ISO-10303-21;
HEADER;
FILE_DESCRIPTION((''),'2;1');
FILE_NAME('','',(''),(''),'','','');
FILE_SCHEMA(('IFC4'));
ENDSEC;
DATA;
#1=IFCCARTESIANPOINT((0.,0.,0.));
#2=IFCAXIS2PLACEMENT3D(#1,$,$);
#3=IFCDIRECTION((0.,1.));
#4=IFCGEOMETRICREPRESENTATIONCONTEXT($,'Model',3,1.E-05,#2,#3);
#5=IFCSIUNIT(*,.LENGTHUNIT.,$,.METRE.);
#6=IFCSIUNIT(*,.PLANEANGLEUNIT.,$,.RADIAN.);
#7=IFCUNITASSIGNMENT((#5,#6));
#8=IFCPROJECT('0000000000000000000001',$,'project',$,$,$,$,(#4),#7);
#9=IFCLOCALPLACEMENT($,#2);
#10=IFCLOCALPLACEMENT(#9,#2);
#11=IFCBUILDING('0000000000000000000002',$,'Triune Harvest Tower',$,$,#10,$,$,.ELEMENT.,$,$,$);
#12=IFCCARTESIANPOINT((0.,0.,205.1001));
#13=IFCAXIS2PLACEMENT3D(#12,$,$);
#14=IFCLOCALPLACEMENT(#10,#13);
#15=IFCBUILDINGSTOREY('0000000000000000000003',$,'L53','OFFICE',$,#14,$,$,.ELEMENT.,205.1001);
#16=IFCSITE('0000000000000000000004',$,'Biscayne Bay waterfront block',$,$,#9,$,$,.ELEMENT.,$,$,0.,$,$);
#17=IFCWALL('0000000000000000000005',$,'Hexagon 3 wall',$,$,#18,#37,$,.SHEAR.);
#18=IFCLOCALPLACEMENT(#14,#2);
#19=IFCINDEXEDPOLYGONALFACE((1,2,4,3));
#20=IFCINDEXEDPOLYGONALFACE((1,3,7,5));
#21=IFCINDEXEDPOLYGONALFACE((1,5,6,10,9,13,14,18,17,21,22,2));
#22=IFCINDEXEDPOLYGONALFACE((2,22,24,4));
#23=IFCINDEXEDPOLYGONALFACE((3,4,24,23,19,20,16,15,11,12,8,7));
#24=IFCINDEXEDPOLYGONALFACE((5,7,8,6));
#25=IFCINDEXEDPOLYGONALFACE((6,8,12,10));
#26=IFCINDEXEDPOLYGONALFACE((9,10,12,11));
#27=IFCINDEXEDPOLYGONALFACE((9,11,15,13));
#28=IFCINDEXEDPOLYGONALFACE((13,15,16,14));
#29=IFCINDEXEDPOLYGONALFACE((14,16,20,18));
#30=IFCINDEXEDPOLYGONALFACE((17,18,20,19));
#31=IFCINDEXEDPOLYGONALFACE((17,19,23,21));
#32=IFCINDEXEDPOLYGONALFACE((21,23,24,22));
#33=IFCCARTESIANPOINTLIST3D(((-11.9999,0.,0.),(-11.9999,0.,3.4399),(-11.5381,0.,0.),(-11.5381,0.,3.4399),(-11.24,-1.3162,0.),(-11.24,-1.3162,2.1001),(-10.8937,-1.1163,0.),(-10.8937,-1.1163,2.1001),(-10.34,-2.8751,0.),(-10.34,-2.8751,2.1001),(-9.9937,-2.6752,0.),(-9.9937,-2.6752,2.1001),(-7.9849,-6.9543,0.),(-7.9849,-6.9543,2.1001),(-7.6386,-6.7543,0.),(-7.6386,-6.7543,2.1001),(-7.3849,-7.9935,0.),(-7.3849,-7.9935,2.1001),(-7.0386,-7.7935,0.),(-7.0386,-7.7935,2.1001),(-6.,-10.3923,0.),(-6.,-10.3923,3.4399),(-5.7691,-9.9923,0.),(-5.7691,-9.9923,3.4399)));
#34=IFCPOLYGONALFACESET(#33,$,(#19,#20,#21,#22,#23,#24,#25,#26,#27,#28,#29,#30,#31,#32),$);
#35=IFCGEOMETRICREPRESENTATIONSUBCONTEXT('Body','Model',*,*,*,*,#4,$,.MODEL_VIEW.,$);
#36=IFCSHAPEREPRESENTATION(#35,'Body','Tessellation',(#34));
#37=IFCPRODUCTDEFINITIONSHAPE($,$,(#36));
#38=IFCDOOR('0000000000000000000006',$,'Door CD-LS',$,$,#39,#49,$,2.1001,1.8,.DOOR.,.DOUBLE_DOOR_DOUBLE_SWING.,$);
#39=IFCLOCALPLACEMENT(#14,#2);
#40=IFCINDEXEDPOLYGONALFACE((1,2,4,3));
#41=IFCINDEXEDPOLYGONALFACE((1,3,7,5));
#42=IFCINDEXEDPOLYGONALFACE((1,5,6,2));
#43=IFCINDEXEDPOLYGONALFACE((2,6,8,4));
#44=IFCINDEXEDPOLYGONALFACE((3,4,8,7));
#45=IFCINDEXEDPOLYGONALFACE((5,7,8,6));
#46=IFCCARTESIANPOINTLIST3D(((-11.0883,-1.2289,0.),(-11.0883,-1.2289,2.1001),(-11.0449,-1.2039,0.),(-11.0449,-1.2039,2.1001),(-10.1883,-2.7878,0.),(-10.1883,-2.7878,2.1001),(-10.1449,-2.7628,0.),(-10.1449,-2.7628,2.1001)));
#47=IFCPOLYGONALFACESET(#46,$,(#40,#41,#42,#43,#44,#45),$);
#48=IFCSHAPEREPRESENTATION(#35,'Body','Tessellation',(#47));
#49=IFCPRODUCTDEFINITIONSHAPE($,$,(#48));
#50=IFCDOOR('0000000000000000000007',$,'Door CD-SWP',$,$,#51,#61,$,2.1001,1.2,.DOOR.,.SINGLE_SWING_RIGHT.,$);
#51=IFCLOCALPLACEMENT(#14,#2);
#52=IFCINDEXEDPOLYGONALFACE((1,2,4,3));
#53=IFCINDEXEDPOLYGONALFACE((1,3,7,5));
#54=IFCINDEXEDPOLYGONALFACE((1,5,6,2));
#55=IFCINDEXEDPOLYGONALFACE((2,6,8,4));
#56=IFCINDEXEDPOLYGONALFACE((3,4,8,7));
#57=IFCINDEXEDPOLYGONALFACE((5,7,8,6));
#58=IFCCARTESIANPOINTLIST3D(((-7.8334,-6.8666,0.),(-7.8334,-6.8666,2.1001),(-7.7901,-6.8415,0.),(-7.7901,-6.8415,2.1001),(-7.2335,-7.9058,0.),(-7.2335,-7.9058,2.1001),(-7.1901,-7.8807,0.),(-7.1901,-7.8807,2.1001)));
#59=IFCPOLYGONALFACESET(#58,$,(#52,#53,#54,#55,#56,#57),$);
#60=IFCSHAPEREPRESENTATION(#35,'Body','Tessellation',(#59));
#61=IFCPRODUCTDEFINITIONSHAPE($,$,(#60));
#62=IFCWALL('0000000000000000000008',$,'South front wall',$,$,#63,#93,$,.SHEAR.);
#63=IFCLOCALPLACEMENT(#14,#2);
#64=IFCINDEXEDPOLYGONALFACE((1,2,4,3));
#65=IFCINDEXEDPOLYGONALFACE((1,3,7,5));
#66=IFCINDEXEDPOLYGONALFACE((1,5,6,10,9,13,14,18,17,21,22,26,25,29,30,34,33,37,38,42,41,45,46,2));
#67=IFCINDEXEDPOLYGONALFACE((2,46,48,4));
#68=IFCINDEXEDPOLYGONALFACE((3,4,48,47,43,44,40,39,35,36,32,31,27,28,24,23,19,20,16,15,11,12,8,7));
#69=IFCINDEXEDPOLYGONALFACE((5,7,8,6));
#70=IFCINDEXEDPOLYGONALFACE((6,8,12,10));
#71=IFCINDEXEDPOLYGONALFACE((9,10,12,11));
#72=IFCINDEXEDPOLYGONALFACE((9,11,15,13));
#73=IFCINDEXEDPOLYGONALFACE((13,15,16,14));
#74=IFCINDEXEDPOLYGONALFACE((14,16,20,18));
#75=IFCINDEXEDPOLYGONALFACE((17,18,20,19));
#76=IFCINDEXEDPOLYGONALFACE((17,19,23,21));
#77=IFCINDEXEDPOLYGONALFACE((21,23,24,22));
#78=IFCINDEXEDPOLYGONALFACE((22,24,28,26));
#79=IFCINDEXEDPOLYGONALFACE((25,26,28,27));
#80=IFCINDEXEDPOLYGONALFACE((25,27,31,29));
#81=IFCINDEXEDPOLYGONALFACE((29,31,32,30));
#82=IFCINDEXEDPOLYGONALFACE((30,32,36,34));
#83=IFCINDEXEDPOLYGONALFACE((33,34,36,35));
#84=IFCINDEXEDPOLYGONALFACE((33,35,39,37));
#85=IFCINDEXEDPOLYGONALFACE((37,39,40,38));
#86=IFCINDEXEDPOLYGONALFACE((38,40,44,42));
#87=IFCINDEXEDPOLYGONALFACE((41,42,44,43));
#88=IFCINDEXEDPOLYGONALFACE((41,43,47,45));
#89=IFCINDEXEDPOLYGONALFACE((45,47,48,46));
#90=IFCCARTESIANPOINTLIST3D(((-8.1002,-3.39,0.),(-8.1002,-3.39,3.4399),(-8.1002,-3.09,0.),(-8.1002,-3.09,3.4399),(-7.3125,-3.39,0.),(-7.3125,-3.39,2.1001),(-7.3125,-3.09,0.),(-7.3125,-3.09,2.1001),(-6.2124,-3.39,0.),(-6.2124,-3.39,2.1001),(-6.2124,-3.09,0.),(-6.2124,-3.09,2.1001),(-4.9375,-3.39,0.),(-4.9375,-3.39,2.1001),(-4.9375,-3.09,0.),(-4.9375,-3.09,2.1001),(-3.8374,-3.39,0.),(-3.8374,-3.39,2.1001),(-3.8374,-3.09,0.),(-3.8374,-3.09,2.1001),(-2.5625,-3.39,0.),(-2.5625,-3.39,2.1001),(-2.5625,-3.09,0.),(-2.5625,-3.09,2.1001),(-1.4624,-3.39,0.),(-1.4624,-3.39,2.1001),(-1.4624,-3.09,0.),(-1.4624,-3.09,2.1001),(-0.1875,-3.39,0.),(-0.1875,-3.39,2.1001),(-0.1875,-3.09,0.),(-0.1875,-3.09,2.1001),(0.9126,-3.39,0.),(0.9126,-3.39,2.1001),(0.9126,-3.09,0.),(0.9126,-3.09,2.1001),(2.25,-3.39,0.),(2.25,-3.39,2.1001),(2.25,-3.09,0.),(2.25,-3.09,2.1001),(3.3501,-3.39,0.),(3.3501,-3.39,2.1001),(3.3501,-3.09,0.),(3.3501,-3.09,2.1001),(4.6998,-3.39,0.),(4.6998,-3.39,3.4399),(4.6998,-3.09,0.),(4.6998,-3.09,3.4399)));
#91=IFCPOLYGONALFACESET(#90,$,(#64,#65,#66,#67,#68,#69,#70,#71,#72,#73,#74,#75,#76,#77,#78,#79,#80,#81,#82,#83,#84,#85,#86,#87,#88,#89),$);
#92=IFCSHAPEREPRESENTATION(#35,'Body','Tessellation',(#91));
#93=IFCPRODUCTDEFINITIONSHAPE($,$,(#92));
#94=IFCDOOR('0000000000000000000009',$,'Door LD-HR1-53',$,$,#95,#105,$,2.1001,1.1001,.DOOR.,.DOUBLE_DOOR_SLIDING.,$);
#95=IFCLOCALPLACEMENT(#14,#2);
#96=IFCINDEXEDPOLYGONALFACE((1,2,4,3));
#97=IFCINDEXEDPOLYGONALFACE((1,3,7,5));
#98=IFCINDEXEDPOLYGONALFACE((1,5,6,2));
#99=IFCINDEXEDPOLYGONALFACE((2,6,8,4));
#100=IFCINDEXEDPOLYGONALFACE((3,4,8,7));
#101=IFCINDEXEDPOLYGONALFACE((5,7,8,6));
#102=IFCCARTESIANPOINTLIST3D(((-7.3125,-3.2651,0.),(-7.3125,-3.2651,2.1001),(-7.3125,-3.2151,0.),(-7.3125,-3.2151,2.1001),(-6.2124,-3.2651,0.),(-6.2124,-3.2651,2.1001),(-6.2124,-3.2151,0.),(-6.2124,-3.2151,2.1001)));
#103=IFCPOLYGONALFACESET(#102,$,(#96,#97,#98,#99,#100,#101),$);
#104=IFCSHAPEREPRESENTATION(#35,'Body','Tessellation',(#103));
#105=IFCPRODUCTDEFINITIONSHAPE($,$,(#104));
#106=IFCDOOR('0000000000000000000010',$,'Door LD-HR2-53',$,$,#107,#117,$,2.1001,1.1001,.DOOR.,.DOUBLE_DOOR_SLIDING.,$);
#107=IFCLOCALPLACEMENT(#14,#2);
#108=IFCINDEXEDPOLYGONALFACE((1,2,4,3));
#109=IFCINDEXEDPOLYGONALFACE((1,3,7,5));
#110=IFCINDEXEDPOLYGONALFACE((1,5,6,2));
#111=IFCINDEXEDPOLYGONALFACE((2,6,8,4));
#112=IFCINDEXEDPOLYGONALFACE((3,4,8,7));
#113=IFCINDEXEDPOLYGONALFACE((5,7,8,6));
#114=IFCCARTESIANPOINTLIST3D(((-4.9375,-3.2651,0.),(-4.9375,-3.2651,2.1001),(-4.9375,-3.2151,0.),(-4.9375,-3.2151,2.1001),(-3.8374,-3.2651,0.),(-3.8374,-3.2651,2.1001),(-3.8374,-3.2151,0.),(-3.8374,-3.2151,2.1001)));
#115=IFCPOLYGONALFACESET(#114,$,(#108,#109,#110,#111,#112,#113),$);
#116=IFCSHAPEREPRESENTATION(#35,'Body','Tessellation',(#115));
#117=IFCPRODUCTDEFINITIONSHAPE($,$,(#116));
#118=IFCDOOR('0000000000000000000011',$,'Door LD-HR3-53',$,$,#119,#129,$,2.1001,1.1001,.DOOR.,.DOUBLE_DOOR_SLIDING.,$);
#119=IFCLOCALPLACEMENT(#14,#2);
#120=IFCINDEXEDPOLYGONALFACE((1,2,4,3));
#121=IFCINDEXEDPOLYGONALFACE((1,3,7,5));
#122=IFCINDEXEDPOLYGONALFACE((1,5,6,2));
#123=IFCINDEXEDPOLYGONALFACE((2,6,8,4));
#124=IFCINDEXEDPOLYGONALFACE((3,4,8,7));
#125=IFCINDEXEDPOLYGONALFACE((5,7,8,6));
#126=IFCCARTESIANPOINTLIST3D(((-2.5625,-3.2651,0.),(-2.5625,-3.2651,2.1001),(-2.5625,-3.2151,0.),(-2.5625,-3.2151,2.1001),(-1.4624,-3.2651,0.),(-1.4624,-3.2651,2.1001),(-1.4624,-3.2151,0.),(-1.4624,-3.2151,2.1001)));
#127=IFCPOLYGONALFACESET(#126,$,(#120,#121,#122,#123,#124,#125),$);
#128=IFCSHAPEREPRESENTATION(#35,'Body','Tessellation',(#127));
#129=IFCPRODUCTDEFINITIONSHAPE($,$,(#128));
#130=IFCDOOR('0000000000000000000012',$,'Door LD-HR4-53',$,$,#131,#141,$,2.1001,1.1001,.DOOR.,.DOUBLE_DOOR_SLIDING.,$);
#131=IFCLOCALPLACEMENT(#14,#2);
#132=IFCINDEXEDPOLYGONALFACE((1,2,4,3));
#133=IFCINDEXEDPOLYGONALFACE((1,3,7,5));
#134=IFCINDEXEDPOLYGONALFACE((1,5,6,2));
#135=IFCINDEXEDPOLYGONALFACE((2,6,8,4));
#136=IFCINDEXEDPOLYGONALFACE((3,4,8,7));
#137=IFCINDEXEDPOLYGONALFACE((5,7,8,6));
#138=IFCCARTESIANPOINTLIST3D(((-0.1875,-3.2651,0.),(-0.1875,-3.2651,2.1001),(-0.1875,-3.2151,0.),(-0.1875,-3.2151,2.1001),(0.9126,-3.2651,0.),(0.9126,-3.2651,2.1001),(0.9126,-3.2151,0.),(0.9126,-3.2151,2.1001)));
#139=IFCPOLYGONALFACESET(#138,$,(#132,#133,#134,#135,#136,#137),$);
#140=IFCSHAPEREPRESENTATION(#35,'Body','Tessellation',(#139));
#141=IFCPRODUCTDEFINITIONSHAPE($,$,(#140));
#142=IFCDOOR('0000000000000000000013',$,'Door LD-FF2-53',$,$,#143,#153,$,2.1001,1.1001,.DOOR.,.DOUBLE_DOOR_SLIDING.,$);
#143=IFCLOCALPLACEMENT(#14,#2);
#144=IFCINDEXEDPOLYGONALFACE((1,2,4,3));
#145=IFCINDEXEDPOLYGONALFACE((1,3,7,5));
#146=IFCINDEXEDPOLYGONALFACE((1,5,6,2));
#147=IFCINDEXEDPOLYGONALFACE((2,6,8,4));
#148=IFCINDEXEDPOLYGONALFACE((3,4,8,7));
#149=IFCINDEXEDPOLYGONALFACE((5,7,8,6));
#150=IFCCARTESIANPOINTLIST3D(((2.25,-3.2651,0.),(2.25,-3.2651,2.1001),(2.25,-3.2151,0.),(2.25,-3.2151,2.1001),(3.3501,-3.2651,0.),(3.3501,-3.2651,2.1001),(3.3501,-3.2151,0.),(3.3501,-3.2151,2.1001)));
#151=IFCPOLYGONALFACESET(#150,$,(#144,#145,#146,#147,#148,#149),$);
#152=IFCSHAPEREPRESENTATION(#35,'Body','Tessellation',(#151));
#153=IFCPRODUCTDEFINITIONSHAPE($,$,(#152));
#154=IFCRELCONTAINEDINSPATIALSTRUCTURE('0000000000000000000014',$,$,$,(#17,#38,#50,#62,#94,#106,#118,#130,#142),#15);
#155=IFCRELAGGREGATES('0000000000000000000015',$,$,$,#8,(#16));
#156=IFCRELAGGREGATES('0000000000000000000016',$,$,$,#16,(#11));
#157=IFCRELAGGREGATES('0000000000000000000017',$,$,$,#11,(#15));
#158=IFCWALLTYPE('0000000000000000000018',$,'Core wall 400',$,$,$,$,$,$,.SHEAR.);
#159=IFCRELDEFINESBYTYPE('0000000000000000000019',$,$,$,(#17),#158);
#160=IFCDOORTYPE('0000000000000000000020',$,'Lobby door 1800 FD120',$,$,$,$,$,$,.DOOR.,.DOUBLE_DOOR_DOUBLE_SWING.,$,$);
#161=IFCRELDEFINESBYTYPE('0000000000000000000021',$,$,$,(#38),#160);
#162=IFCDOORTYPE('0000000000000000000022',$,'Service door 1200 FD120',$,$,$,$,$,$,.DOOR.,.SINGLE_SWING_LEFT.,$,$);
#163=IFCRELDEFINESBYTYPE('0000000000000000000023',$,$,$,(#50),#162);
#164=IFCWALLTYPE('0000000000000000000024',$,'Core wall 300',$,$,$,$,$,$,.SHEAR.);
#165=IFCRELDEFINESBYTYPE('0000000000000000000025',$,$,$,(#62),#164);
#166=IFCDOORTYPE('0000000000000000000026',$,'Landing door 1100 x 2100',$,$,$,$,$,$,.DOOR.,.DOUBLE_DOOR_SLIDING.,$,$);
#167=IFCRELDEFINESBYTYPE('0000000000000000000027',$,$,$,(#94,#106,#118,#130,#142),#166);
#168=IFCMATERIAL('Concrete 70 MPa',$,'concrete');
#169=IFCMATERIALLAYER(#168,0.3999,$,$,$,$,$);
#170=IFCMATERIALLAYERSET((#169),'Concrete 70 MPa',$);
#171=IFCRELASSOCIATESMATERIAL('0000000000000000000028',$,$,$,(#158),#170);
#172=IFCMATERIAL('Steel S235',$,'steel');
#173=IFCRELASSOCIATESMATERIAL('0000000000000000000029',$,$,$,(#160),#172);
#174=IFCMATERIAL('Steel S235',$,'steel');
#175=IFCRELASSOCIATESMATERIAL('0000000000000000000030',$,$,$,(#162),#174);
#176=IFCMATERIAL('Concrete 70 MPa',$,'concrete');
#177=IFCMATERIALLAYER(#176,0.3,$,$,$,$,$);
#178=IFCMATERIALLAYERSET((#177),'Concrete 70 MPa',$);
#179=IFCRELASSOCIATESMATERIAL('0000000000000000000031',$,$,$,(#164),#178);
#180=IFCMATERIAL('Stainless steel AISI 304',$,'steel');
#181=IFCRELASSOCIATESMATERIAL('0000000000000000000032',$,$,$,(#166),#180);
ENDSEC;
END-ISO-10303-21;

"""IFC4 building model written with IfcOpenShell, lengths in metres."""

from ifc_helpers import new_model, si_unit, direction, frame, frame_2d, origin, place, context, subcontext, project, spatial, polyline, rectangle, outline, extrude, source, transform, mapped, material, layer, layer_set, type_object, element, fill, save


model = new_model("IFC4")

# Units and contexts
model_context = context("Model", 3, precision=1e-05, world=origin(), true_north=direction((0.0, 1.0)))
body_context = subcontext(model_context, "Body", "Model", "MODEL_VIEW")
ifc_project = project(units=[si_unit("LENGTHUNIT", "METRE"), si_unit("PLANEANGLEUNIT", "RADIAN")], contexts=[model_context])

# Site, building, storey
site_placement = place(None, origin())
site = spatial("IfcSite", under=ifc_project, at=site_placement, Name="Biscayne Bay waterfront block", CompositionType="ELEMENT", RefElevation=0.0)
building_placement = place(site_placement, origin())
building = spatial("IfcBuilding", under=site, at=building_placement, Name="Triune Harvest Tower", CompositionType="ELEMENT")
storey_placement = place(building_placement, frame((0.0, 0.0, 205.1001)))
storey = spatial("IfcBuildingStorey", under=building, at=storey_placement, Name="L53", Description="OFFICE", CompositionType="ELEMENT", Elevation=205.1001)

# Walls, openings, doors
ifc_material_1 = material(Name="Concrete 70 MPa", Category="concrete")
ifc_layer_1 = layer(ifc_material_1, 0.3999)
ifc_layer_set_1 = layer_set([ifc_layer_1], Name="Concrete 70 MPa")
wall_type_1 = type_object("IfcWallType", Name="Core wall 400", PredefinedType="SHEAR", material=ifc_layer_set_1)
shared_shape_1 = source(origin(), body_context, "Body", "SweptSolid", [
    extrude(outline(polyline([(-0.1155, -0.2), (11.8845, -0.2), (11.6536, 0.2), (0.1155, 0.2), (-0.1155, -0.2)])), origin(), (0.0, 0.0, 1.0), 3.4399),
])
wall_1_placement = place(storey_placement, frame((-11.769, 0.0, 0.0), z_axis=(0.0, 0.0, 1.0), x_axis=(0.499997, -0.866027, 0.0)))
wall_1 = element("IfcWall", 1, at=wall_1_placement, inside=storey, type_object=wall_type_1, Name="Hexagon 3 wall", PredefinedType="SHEAR", context=body_context, shape_type="MappedRepresentation", body=[
    mapped(shared_shape_1, transform((0.0, 0.0, 0.0), scale=1.0)),
])
opening_1_placement = place(wall_1_placement, frame((1.4045, 0.0, 0.0)))
opening_1 = element("IfcOpeningElement", 2, at=opening_1_placement, cuts=wall_1, PredefinedType="OPENING", context=body_context, shape_type="SweptSolid", body=[
    extrude(rectangle(XDim=1.8, YDim=2.1001, at=frame_2d((0.8999, 1.05))), frame((0.0, 0.21, 0.0), z_axis=(0.0, -1.0, 0.0), x_axis=(1.0, 0.0, 0.0)), (0.0, 0.0, 1.0), 0.4199),
])
opening_2_placement = place(wall_1_placement, frame((7.9146, 0.0, 0.0)))
opening_2 = element("IfcOpeningElement", 3, at=opening_2_placement, cuts=wall_1, PredefinedType="OPENING", context=body_context, shape_type="SweptSolid", body=[
    extrude(rectangle(XDim=1.2, YDim=2.1001, at=frame_2d((0.6001, 1.05))), frame((0.0, 0.21, 0.0), z_axis=(0.0, -1.0, 0.0), x_axis=(1.0, 0.0, 0.0)), (0.0, 0.0, 1.0), 0.4199),
])
ifc_material_2 = material(Name="Steel S235", Category="steel")
door_type_1 = type_object("IfcDoorType", Name="Lobby door 1800 FD120", OperationType="DOUBLE_DOOR_DOUBLE_SWING", PredefinedType="DOOR", material=ifc_material_2)
door_1_placement = place(opening_1_placement, frame((1.8, 0.0, 0.0), z_axis=(0.0, 0.0, 1.0), x_axis=(-1.0, 0.0, 0.0)))
door_1 = element("IfcDoor", 4, at=door_1_placement, inside=storey, type_object=door_type_1, Name="Door CD-LS", OperationType="DOUBLE_DOOR_DOUBLE_SWING", OverallHeight=2.1001, OverallWidth=1.8, PredefinedType="DOOR", context=body_context, shape_type="SweptSolid", body=[
    extrude(rectangle(XDim=1.8, YDim=2.1001, at=frame_2d((0.8999, 1.05))), frame((0.0, 0.0249, 0.0), z_axis=(0.0, -1.0, 0.0), x_axis=(1.0, 0.0, 0.0)), (0.0, 0.0, 1.0), 0.05),
])
fill(opening_1, door_1)
ifc_material_3 = material(Name="Steel S235", Category="steel")
door_type_2 = type_object("IfcDoorType", Name="Service door 1200 FD120", OperationType="SINGLE_SWING_LEFT", PredefinedType="DOOR", material=ifc_material_3)
door_2_placement = place(opening_2_placement, frame((1.2, 0.0, 0.0), z_axis=(0.0, 0.0, 1.0), x_axis=(-1.0, 0.0, 0.0)))
door_2 = element("IfcDoor", 5, at=door_2_placement, inside=storey, type_object=door_type_2, Name="Door CD-SWP", OperationType="SINGLE_SWING_RIGHT", OverallHeight=2.1001, OverallWidth=1.2, PredefinedType="DOOR", context=body_context, shape_type="SweptSolid", body=[
    extrude(rectangle(XDim=1.2, YDim=2.1001, at=frame_2d((0.6001, 1.05))), frame((0.0, 0.0249, 0.0), z_axis=(0.0, -1.0, 0.0), x_axis=(1.0, 0.0, 0.0)), (0.0, 0.0, 1.0), 0.05),
])
fill(opening_2, door_2)
ifc_material_4 = material(Name="Concrete 70 MPa", Category="concrete")
ifc_layer_2 = layer(ifc_material_4, 0.3)
ifc_layer_set_2 = layer_set([ifc_layer_2], Name="Concrete 70 MPa")
wall_type_2 = type_object("IfcWallType", Name="Core wall 300", PredefinedType="SHEAR", material=ifc_layer_set_2)
shared_shape_2 = source(origin(), body_context, "Body", "SweptSolid", [
    extrude(rectangle(XDim=12.8, YDim=0.3, at=frame_2d((6.3999, 0.0))), origin(), (0.0, 0.0, 1.0), 3.4399),
])
wall_2_placement = place(storey_placement, frame((-8.1001, -3.24, 0.0), z_axis=(0.0, 0.0, 1.0), x_axis=(1.0, 0.0, 0.0)))
wall_2 = element("IfcWall", 6, at=wall_2_placement, inside=storey, type_object=wall_type_2, Name="South front wall", PredefinedType="SHEAR", context=body_context, shape_type="MappedRepresentation", body=[
    mapped(shared_shape_2, transform((0.0, 0.0, 0.0), scale=1.0)),
])
opening_3_placement = place(wall_2_placement, frame((0.7876, 0.0, 0.0)))
opening_3 = element("IfcOpeningElement", 7, at=opening_3_placement, cuts=wall_2, PredefinedType="OPENING", context=body_context, shape_type="SweptSolid", body=[
    extrude(rectangle(XDim=1.1001, YDim=2.1001, at=frame_2d((0.55, 1.05))), frame((0.0, 0.1602, 0.0), z_axis=(0.0, -1.0, 0.0), x_axis=(1.0, 0.0, 0.0)), (0.0, 0.0, 1.0), 0.3201),
])
opening_4_placement = place(wall_2_placement, frame((3.1626, 0.0, 0.0)))
opening_4 = element("IfcOpeningElement", 8, at=opening_4_placement, cuts=wall_2, PredefinedType="OPENING", context=body_context, shape_type="SweptSolid", body=[
    extrude(rectangle(XDim=1.1001, YDim=2.1001, at=frame_2d((0.55, 1.05))), frame((0.0, 0.1602, 0.0), z_axis=(0.0, -1.0, 0.0), x_axis=(1.0, 0.0, 0.0)), (0.0, 0.0, 1.0), 0.3201),
])
opening_5_placement = place(wall_2_placement, frame((5.5376, 0.0, 0.0)))
opening_5 = element("IfcOpeningElement", 9, at=opening_5_placement, cuts=wall_2, PredefinedType="OPENING", context=body_context, shape_type="SweptSolid", body=[
    extrude(rectangle(XDim=1.1001, YDim=2.1001, at=frame_2d((0.55, 1.05))), frame((0.0, 0.1602, 0.0), z_axis=(0.0, -1.0, 0.0), x_axis=(1.0, 0.0, 0.0)), (0.0, 0.0, 1.0), 0.3201),
])
opening_6_placement = place(wall_2_placement, frame((7.9126, 0.0, 0.0)))
opening_6 = element("IfcOpeningElement", 10, at=opening_6_placement, cuts=wall_2, PredefinedType="OPENING", context=body_context, shape_type="SweptSolid", body=[
    extrude(rectangle(XDim=1.1001, YDim=2.1001, at=frame_2d((0.55, 1.05))), frame((0.0, 0.1602, 0.0), z_axis=(0.0, -1.0, 0.0), x_axis=(1.0, 0.0, 0.0)), (0.0, 0.0, 1.0), 0.3201),
])
opening_7_placement = place(wall_2_placement, frame((10.3501, 0.0, 0.0)))
opening_7 = element("IfcOpeningElement", 11, at=opening_7_placement, cuts=wall_2, PredefinedType="OPENING", context=body_context, shape_type="SweptSolid", body=[
    extrude(rectangle(XDim=1.1001, YDim=2.1001, at=frame_2d((0.55, 1.05))), frame((0.0, 0.1602, 0.0), z_axis=(0.0, -1.0, 0.0), x_axis=(1.0, 0.0, 0.0)), (0.0, 0.0, 1.0), 0.3201),
])
ifc_material_5 = material(Name="Stainless steel AISI 304", Category="steel")
door_type_3 = type_object("IfcDoorType", Name="Landing door 1100 x 2100", OperationType="DOUBLE_DOOR_SLIDING", PredefinedType="DOOR", material=ifc_material_5)
door_3_placement = place(opening_3_placement, origin())
door_3 = element("IfcDoor", 12, at=door_3_placement, inside=storey, type_object=door_type_3, Name="Door LD-HR1-53", OperationType="DOUBLE_DOOR_SLIDING", OverallHeight=2.1001, OverallWidth=1.1001, PredefinedType="DOOR", context=body_context, shape_type="SweptSolid", body=[
    extrude(rectangle(XDim=1.1001, YDim=2.1001, at=frame_2d((0.55, 1.05))), frame((0.0, 0.0249, 0.0), z_axis=(0.0, -1.0, 0.0), x_axis=(1.0, 0.0, 0.0)), (0.0, 0.0, 1.0), 0.05),
])
fill(opening_3, door_3)
door_4_placement = place(opening_4_placement, origin())
door_4 = element("IfcDoor", 13, at=door_4_placement, inside=storey, type_object=door_type_3, Name="Door LD-HR2-53", OperationType="DOUBLE_DOOR_SLIDING", OverallHeight=2.1001, OverallWidth=1.1001, PredefinedType="DOOR", context=body_context, shape_type="SweptSolid", body=[
    extrude(rectangle(XDim=1.1001, YDim=2.1001, at=frame_2d((0.55, 1.05))), frame((0.0, 0.0249, 0.0), z_axis=(0.0, -1.0, 0.0), x_axis=(1.0, 0.0, 0.0)), (0.0, 0.0, 1.0), 0.05),
])
fill(opening_4, door_4)
door_5_placement = place(opening_5_placement, origin())
door_5 = element("IfcDoor", 14, at=door_5_placement, inside=storey, type_object=door_type_3, Name="Door LD-HR3-53", OperationType="DOUBLE_DOOR_SLIDING", OverallHeight=2.1001, OverallWidth=1.1001, PredefinedType="DOOR", context=body_context, shape_type="SweptSolid", body=[
    extrude(rectangle(XDim=1.1001, YDim=2.1001, at=frame_2d((0.55, 1.05))), frame((0.0, 0.0249, 0.0), z_axis=(0.0, -1.0, 0.0), x_axis=(1.0, 0.0, 0.0)), (0.0, 0.0, 1.0), 0.05),
])
fill(opening_5, door_5)
door_6_placement = place(opening_6_placement, origin())
door_6 = element("IfcDoor", 15, at=door_6_placement, inside=storey, type_object=door_type_3, Name="Door LD-HR4-53", OperationType="DOUBLE_DOOR_SLIDING", OverallHeight=2.1001, OverallWidth=1.1001, PredefinedType="DOOR", context=body_context, shape_type="SweptSolid", body=[
    extrude(rectangle(XDim=1.1001, YDim=2.1001, at=frame_2d((0.55, 1.05))), frame((0.0, 0.0249, 0.0), z_axis=(0.0, -1.0, 0.0), x_axis=(1.0, 0.0, 0.0)), (0.0, 0.0, 1.0), 0.05),
])
fill(opening_6, door_6)
door_7_placement = place(opening_7_placement, origin())
door_7 = element("IfcDoor", 16, at=door_7_placement, inside=storey, type_object=door_type_3, Name="Door LD-FF2-53", OperationType="DOUBLE_DOOR_SLIDING", OverallHeight=2.1001, OverallWidth=1.1001, PredefinedType="DOOR", context=body_context, shape_type="SweptSolid", body=[
    extrude(rectangle(XDim=1.1001, YDim=2.1001, at=frame_2d((0.55, 1.05))), frame((0.0, 0.0249, 0.0), z_axis=(0.0, -1.0, 0.0), x_axis=(1.0, 0.0, 0.0)), (0.0, 0.0, 1.0), 0.05),
])
fill(opening_7, door_7)

save(model, "model.ifc")
